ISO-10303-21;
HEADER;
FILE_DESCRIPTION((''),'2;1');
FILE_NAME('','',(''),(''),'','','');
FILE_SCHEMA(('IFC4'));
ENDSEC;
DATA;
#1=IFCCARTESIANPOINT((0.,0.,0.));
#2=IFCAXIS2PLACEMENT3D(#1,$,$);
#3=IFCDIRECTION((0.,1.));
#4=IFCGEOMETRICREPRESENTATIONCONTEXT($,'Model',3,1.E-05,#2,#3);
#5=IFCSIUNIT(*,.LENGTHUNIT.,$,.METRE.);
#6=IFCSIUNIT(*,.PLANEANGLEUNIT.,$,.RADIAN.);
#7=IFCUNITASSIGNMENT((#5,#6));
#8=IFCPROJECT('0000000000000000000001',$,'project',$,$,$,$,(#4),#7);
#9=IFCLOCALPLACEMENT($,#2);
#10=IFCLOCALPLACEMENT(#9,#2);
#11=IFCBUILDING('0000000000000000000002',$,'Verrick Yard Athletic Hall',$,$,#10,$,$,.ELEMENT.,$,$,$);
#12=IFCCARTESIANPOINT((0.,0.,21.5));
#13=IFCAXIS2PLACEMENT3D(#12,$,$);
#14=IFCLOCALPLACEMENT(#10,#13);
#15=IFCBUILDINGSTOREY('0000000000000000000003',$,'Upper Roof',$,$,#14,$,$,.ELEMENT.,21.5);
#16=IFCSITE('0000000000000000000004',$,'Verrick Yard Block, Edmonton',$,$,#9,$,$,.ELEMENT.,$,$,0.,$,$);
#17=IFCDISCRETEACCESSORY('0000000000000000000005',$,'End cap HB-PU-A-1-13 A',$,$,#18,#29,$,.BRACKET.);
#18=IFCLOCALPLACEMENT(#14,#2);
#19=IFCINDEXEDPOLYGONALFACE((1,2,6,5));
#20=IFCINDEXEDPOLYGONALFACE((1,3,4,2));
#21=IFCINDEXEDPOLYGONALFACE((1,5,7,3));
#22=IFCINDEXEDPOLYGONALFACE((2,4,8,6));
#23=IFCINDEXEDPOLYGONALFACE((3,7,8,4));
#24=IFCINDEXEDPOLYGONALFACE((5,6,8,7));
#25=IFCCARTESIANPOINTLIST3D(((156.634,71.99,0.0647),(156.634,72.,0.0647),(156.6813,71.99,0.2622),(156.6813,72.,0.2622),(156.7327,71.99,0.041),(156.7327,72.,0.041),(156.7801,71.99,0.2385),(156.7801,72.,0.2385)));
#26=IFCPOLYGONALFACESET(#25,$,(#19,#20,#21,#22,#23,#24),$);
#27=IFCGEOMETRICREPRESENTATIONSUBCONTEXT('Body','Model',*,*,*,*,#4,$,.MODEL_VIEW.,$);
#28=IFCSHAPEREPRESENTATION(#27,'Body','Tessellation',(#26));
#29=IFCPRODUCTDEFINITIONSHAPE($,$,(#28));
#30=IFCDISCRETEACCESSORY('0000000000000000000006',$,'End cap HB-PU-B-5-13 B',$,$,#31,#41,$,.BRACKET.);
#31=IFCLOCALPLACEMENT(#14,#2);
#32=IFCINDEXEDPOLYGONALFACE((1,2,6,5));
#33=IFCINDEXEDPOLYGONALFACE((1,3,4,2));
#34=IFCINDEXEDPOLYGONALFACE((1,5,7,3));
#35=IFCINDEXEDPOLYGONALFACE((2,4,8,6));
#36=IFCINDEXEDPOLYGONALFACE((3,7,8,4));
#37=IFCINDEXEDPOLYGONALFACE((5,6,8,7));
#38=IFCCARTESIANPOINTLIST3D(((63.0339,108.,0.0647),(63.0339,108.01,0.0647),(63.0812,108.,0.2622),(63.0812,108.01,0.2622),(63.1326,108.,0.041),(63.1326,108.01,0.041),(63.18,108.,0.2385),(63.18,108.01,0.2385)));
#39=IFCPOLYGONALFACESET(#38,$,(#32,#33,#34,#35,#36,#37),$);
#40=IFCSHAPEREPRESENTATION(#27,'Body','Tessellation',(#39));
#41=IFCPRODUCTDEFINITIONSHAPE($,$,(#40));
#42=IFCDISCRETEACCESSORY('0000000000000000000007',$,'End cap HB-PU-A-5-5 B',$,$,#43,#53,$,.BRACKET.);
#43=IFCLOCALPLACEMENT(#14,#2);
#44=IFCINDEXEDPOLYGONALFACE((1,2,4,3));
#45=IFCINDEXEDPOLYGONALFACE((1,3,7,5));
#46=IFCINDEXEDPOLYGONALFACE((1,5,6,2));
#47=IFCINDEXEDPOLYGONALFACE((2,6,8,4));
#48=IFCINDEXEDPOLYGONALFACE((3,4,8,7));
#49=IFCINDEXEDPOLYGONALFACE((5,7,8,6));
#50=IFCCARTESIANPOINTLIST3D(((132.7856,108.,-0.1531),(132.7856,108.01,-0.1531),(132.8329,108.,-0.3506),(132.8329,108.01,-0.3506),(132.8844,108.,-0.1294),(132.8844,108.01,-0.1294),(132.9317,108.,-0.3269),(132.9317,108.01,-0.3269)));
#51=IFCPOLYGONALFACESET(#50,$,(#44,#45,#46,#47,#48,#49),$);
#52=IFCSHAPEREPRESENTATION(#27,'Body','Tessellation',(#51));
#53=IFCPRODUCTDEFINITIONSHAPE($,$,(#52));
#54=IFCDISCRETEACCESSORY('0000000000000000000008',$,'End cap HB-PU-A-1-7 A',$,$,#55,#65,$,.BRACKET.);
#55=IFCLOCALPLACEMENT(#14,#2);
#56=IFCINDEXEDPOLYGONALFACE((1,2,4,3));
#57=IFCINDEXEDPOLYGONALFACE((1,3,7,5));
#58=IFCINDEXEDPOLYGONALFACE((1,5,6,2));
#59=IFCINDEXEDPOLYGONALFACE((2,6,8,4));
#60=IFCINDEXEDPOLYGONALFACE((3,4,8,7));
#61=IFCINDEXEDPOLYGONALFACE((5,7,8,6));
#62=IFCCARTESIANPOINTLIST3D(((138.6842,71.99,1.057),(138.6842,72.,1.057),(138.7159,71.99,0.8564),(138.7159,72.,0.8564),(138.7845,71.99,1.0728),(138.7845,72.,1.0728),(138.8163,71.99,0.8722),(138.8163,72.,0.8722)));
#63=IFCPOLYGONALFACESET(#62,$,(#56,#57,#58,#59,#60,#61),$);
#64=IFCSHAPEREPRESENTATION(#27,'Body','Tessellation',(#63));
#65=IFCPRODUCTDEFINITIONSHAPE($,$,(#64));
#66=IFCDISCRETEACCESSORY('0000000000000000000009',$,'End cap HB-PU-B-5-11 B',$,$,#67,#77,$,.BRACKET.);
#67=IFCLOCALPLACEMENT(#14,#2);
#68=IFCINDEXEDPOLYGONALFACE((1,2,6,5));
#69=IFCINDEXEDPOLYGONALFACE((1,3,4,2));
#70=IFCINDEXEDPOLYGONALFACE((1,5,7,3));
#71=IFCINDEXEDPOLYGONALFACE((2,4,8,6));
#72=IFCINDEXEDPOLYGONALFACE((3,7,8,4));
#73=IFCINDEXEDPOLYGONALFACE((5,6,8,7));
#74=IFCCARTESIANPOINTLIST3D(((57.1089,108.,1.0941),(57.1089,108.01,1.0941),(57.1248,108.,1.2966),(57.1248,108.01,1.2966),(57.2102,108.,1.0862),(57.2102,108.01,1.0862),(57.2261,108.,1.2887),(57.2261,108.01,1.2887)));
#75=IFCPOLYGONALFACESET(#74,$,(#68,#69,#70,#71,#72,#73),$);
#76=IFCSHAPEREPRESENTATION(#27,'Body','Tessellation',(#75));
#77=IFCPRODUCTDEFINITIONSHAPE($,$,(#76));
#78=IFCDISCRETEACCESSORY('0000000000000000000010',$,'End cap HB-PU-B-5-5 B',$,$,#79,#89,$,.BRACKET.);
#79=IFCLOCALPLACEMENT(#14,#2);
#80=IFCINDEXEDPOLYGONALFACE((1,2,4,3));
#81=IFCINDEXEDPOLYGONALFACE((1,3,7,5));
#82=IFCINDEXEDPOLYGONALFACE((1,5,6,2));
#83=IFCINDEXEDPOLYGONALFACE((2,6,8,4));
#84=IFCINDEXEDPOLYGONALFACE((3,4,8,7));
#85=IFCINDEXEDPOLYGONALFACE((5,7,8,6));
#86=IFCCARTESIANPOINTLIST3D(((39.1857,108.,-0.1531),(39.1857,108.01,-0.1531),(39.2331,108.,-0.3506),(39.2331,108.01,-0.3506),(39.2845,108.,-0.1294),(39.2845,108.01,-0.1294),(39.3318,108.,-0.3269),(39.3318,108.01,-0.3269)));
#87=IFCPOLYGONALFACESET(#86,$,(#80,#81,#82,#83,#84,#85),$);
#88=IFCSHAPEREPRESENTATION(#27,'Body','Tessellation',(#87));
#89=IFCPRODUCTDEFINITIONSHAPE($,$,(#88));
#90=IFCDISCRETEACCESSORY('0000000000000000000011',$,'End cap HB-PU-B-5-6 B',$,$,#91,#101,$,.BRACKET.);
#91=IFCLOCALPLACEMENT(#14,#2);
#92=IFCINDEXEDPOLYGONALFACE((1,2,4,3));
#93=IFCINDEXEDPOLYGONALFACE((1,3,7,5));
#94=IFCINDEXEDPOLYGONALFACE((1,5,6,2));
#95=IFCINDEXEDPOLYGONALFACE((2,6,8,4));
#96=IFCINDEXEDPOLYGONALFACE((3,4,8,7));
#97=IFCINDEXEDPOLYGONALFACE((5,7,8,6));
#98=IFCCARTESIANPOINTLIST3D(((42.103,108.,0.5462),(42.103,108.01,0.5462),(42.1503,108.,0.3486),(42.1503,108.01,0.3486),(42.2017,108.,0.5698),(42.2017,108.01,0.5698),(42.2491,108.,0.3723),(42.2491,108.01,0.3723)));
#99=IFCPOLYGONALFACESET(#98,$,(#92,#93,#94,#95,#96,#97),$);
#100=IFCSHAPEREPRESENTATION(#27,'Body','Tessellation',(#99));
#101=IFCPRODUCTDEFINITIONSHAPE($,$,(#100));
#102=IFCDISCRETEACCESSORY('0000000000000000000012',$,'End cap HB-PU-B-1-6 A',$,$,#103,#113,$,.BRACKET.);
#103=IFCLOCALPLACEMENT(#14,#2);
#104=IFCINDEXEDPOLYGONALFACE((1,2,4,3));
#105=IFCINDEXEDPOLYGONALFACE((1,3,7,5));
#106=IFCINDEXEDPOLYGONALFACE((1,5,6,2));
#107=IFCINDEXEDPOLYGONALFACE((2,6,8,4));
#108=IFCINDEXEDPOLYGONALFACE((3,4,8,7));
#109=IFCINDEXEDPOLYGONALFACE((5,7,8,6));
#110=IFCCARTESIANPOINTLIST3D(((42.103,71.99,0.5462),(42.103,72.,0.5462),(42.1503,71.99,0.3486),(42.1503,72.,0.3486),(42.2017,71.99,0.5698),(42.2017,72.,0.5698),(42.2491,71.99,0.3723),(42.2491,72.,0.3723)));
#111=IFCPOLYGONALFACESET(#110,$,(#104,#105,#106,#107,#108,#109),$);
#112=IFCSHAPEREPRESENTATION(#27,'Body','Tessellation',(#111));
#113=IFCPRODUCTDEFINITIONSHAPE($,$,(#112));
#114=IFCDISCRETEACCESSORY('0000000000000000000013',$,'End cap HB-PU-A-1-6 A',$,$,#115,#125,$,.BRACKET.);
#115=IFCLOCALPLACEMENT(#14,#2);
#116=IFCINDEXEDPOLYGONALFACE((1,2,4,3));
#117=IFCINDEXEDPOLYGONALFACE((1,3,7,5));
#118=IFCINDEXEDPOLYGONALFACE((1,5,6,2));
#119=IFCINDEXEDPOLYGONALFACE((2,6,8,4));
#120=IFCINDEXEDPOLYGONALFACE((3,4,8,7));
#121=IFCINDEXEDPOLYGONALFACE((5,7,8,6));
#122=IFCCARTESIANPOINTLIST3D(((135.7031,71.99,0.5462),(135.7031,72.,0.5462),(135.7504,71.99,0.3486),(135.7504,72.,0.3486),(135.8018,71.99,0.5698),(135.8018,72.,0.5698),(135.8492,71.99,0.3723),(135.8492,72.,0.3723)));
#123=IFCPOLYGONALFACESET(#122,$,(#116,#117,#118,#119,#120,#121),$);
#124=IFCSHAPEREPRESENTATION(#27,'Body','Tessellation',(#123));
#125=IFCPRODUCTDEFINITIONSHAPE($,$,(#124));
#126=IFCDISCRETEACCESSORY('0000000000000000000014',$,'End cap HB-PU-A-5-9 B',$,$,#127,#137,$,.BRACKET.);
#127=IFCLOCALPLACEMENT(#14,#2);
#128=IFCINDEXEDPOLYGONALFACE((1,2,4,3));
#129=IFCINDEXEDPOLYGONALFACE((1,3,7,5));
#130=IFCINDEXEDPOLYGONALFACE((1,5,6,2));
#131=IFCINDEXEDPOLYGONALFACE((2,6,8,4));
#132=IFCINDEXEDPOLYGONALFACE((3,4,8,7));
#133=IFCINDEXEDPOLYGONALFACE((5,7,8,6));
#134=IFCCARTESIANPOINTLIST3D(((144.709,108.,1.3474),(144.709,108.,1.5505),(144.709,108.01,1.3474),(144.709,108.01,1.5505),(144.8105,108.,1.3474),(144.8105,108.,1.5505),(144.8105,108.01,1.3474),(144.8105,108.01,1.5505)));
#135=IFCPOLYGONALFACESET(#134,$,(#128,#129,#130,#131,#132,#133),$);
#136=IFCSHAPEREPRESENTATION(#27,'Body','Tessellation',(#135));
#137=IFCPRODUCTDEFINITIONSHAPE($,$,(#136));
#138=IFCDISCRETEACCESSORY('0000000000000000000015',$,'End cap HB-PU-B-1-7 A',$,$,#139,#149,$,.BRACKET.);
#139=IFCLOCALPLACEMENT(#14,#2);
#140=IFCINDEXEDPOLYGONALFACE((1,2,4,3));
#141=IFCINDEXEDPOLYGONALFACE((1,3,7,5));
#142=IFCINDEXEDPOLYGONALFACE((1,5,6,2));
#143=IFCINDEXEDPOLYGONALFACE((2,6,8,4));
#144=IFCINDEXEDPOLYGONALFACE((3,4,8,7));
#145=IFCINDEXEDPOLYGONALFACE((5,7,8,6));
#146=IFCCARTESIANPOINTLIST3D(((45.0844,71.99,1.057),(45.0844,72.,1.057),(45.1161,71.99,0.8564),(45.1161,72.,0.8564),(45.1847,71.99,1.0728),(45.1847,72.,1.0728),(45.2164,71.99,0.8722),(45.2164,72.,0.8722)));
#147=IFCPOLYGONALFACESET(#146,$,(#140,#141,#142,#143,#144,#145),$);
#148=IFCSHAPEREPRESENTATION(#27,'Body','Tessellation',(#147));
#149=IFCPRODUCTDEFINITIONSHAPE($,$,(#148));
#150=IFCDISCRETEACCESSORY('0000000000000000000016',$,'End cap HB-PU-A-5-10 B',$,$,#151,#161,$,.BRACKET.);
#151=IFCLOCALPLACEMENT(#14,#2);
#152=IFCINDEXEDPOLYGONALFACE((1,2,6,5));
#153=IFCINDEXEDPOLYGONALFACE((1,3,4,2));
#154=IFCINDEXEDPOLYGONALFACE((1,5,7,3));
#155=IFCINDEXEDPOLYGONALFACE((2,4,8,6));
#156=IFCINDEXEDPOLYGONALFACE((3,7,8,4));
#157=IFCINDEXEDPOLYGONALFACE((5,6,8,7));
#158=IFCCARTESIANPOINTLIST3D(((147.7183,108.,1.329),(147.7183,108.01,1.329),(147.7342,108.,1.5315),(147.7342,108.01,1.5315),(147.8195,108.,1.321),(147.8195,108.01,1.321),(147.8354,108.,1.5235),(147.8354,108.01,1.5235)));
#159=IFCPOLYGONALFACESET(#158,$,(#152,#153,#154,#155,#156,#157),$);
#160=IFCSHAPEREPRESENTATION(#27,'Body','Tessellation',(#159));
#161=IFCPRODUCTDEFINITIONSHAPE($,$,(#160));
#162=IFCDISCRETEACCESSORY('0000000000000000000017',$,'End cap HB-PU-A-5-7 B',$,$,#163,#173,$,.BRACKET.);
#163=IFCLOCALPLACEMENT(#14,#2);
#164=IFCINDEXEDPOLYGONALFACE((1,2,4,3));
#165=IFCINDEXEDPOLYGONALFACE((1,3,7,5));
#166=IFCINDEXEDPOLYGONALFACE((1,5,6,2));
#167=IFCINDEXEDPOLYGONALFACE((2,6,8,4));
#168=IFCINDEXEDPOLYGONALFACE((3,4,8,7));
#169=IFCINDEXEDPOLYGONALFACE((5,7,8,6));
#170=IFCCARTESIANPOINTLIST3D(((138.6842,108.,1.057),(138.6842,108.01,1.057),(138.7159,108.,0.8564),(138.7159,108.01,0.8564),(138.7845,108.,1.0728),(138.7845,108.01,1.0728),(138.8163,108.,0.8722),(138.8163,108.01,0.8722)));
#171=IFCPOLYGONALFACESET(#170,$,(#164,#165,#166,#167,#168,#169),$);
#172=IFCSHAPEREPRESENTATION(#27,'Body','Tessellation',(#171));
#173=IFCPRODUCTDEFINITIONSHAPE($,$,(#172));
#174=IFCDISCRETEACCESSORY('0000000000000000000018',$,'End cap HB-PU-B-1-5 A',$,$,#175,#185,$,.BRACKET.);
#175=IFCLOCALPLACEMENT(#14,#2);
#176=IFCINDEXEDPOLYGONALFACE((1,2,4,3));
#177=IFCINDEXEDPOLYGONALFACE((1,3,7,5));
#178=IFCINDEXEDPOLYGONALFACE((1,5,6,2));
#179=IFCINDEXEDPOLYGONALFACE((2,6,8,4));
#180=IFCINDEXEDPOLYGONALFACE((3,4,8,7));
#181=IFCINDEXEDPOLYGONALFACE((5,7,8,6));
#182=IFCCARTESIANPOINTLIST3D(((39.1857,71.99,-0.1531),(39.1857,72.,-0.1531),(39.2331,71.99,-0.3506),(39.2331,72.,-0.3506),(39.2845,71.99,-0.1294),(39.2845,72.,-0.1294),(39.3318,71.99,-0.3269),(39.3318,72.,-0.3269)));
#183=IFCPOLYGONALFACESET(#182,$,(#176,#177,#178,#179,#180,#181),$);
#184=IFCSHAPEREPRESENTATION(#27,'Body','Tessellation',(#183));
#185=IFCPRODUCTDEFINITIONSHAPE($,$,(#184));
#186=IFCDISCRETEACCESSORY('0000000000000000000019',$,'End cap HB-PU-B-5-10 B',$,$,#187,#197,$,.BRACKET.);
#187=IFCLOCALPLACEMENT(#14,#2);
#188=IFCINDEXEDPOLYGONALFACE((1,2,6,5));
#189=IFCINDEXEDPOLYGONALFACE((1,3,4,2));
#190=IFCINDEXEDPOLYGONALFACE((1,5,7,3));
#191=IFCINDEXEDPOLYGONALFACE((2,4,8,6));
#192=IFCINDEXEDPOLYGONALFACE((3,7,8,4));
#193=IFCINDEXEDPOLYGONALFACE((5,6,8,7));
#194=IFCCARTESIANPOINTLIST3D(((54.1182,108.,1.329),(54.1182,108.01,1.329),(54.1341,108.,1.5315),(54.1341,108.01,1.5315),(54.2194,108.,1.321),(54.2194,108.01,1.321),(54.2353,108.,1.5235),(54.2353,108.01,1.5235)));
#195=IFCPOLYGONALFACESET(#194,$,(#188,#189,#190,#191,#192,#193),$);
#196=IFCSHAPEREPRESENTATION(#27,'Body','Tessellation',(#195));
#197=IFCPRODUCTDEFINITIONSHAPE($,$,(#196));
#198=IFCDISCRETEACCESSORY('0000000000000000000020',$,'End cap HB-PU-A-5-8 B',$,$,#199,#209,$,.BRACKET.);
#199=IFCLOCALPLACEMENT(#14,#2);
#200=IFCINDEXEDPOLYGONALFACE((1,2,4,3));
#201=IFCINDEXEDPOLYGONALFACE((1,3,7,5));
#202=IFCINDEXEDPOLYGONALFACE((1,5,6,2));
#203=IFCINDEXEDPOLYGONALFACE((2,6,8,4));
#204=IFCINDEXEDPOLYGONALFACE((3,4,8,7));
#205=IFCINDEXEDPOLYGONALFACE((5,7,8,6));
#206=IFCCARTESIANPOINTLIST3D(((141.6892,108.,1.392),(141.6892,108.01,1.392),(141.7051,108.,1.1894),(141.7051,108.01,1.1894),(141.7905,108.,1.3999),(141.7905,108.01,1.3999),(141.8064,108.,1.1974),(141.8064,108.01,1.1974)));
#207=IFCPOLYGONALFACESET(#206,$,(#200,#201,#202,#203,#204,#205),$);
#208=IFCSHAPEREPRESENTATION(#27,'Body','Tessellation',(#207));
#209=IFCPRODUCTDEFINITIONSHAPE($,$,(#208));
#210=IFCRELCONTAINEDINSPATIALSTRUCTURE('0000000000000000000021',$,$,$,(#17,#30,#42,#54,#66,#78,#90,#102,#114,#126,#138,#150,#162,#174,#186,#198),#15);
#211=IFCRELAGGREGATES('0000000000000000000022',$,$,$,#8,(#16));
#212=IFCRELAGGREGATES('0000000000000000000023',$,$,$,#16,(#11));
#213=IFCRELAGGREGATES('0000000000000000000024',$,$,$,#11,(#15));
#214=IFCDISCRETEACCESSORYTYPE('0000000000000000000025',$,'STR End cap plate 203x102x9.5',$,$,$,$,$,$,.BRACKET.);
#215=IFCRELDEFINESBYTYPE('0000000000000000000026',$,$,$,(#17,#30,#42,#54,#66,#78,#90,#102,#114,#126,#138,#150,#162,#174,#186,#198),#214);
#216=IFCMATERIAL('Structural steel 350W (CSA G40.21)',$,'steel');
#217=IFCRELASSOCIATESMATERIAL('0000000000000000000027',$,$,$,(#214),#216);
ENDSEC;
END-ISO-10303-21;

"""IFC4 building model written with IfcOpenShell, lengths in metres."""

from ifc_helpers import new_model, si_unit, direction, frame, origin, origin_2d, place, context, subcontext, project, spatial, rectangle, extrude, material, material_profile, profile_set, type_object, element, save


model = new_model("IFC4")

# Units and contexts
model_context = context("Model", 3, precision=1e-05, world=origin(), true_north=direction((0.0, 1.0)))
body_context = subcontext(model_context, "Body", "Model", "MODEL_VIEW")
ifc_project = project(units=[si_unit("LENGTHUNIT", "METRE"), si_unit("PLANEANGLEUNIT", "RADIAN")], contexts=[model_context])

# Site, building, storey
site_placement = place(None, origin())
site = spatial("IfcSite", under=ifc_project, at=site_placement, Name="Verrick Yard Block, Edmonton", CompositionType="ELEMENT", RefElevation=0.0)
building_placement = place(site_placement, origin())
building = spatial("IfcBuilding", under=site, at=building_placement, Name="Verrick Yard Athletic Hall", CompositionType="ELEMENT")
storey_placement = place(building_placement, frame((0.0, 0.0, 21.5)))
storey = spatial("IfcBuildingStorey", under=building, at=storey_placement, Name="Upper Roof", CompositionType="ELEMENT", Elevation=21.5)

# Discrete accessories
ifc_material = material(Name="Structural steel 350W (CSA G40.21)", Category="steel")
ifc_material_profile = material_profile(ifc_material, rectangle(XDim=0.1016, YDim=0.2031, at=origin_2d()), Name="STR End cap plate 203x102x9.5")
ifc_profile_set = profile_set([ifc_material_profile], Name="Structural steel 350W (CSA G40.21)")
discrete_accessory_type = type_object("IfcDiscreteAccessoryType", Name="STR End cap plate 203x102x9.5", PredefinedType="BRACKET", material=ifc_profile_set)
for number, where, z_axis, x_axis, name in (
    (1, (156.707, 71.99, 0.1516), (0.0, 1.0, 0.0), (-0.972459, 0.0, 0.233074), "End cap HB-PU-A-1-13 A"),
    (2, (63.1069, 108.0, 0.1516), (0.0, 1.0, 0.0), (-0.972459, 0.0, 0.233074), "End cap HB-PU-B-5-13 B"),
    (3, (132.8586, 108.0, -0.24), (0.0, 1.0, 0.0), (-0.972459, 0.0, -0.233074), "End cap HB-PU-A-5-5 B"),
    (4, (138.7502, 71.99, 0.9646), (0.0, 1.0, 0.0), (-0.987728, 0.0, -0.156183), "End cap HB-PU-A-1-7 A"),
    (5, (57.1675, 108.0, 1.1914), (0.0, 1.0, 0.0), (-0.996927, 0.0, 0.078332), "End cap HB-PU-B-5-11 B"),
    (6, (39.2588, 108.0, -0.24), (0.0, 1.0, 0.0), (-0.972459, 0.0, -0.233074), "End cap HB-PU-B-5-5 B"),
    (7, (42.176, 108.0, 0.4592), (0.0, 1.0, 0.0), (-0.972459, 0.0, -0.233074), "End cap HB-PU-B-5-6 B"),
    (8, (42.176, 71.99, 0.4592), (0.0, 1.0, 0.0), (-0.972459, 0.0, -0.233074), "End cap HB-PU-B-1-6 A"),
    (9, (135.7761, 71.99, 0.4592), (0.0, 1.0, 0.0), (-0.972459, 0.0, -0.233074), "End cap HB-PU-A-1-6 A"),
    (10, (144.7598, 108.0, 1.449), (0.0, 1.0, 0.0), (-1.0, 0.0, 0.0), "End cap HB-PU-A-5-9 B"),
    (11, (45.1504, 71.99, 0.9646), (0.0, 1.0, 0.0), (-0.987728, 0.0, -0.156183), "End cap HB-PU-B-1-7 A"),
    (12, (147.7769, 108.0, 1.4263), (0.0, 1.0, 0.0), (-0.996927, 0.0, 0.078332), "End cap HB-PU-A-5-10 B"),
    (13, (138.7502, 108.0, 0.9646), (0.0, 1.0, 0.0), (-0.987728, 0.0, -0.156183), "End cap HB-PU-A-5-7 B"),
    (14, (39.2588, 71.99, -0.24), (0.0, 1.0, 0.0), (-0.972459, 0.0, -0.233074), "End cap HB-PU-B-1-5 A"),
    (15, (54.1768, 108.0, 1.4263), (0.0, 1.0, 0.0), (-0.996927, 0.0, 0.078332), "End cap HB-PU-B-5-10 B"),
    (16, (141.7478, 108.0, 1.2947), (0.0, 1.0, 0.0), (-0.996927, 0.0, -0.078332), "End cap HB-PU-A-5-8 B"),
):
    element("IfcDiscreteAccessory", number, at=place(storey_placement, frame(where, z_axis=z_axis, x_axis=x_axis)), inside=storey, type_object=discrete_accessory_type, Name=name, PredefinedType="BRACKET", context=body_context, shape_type="SweptSolid", body=[
        extrude(rectangle(XDim=0.1016, YDim=0.2031, at=origin_2d()), origin(), (0.0, 0.0, 1.0), 0.01),
    ])

save(model, "model.ifc")
